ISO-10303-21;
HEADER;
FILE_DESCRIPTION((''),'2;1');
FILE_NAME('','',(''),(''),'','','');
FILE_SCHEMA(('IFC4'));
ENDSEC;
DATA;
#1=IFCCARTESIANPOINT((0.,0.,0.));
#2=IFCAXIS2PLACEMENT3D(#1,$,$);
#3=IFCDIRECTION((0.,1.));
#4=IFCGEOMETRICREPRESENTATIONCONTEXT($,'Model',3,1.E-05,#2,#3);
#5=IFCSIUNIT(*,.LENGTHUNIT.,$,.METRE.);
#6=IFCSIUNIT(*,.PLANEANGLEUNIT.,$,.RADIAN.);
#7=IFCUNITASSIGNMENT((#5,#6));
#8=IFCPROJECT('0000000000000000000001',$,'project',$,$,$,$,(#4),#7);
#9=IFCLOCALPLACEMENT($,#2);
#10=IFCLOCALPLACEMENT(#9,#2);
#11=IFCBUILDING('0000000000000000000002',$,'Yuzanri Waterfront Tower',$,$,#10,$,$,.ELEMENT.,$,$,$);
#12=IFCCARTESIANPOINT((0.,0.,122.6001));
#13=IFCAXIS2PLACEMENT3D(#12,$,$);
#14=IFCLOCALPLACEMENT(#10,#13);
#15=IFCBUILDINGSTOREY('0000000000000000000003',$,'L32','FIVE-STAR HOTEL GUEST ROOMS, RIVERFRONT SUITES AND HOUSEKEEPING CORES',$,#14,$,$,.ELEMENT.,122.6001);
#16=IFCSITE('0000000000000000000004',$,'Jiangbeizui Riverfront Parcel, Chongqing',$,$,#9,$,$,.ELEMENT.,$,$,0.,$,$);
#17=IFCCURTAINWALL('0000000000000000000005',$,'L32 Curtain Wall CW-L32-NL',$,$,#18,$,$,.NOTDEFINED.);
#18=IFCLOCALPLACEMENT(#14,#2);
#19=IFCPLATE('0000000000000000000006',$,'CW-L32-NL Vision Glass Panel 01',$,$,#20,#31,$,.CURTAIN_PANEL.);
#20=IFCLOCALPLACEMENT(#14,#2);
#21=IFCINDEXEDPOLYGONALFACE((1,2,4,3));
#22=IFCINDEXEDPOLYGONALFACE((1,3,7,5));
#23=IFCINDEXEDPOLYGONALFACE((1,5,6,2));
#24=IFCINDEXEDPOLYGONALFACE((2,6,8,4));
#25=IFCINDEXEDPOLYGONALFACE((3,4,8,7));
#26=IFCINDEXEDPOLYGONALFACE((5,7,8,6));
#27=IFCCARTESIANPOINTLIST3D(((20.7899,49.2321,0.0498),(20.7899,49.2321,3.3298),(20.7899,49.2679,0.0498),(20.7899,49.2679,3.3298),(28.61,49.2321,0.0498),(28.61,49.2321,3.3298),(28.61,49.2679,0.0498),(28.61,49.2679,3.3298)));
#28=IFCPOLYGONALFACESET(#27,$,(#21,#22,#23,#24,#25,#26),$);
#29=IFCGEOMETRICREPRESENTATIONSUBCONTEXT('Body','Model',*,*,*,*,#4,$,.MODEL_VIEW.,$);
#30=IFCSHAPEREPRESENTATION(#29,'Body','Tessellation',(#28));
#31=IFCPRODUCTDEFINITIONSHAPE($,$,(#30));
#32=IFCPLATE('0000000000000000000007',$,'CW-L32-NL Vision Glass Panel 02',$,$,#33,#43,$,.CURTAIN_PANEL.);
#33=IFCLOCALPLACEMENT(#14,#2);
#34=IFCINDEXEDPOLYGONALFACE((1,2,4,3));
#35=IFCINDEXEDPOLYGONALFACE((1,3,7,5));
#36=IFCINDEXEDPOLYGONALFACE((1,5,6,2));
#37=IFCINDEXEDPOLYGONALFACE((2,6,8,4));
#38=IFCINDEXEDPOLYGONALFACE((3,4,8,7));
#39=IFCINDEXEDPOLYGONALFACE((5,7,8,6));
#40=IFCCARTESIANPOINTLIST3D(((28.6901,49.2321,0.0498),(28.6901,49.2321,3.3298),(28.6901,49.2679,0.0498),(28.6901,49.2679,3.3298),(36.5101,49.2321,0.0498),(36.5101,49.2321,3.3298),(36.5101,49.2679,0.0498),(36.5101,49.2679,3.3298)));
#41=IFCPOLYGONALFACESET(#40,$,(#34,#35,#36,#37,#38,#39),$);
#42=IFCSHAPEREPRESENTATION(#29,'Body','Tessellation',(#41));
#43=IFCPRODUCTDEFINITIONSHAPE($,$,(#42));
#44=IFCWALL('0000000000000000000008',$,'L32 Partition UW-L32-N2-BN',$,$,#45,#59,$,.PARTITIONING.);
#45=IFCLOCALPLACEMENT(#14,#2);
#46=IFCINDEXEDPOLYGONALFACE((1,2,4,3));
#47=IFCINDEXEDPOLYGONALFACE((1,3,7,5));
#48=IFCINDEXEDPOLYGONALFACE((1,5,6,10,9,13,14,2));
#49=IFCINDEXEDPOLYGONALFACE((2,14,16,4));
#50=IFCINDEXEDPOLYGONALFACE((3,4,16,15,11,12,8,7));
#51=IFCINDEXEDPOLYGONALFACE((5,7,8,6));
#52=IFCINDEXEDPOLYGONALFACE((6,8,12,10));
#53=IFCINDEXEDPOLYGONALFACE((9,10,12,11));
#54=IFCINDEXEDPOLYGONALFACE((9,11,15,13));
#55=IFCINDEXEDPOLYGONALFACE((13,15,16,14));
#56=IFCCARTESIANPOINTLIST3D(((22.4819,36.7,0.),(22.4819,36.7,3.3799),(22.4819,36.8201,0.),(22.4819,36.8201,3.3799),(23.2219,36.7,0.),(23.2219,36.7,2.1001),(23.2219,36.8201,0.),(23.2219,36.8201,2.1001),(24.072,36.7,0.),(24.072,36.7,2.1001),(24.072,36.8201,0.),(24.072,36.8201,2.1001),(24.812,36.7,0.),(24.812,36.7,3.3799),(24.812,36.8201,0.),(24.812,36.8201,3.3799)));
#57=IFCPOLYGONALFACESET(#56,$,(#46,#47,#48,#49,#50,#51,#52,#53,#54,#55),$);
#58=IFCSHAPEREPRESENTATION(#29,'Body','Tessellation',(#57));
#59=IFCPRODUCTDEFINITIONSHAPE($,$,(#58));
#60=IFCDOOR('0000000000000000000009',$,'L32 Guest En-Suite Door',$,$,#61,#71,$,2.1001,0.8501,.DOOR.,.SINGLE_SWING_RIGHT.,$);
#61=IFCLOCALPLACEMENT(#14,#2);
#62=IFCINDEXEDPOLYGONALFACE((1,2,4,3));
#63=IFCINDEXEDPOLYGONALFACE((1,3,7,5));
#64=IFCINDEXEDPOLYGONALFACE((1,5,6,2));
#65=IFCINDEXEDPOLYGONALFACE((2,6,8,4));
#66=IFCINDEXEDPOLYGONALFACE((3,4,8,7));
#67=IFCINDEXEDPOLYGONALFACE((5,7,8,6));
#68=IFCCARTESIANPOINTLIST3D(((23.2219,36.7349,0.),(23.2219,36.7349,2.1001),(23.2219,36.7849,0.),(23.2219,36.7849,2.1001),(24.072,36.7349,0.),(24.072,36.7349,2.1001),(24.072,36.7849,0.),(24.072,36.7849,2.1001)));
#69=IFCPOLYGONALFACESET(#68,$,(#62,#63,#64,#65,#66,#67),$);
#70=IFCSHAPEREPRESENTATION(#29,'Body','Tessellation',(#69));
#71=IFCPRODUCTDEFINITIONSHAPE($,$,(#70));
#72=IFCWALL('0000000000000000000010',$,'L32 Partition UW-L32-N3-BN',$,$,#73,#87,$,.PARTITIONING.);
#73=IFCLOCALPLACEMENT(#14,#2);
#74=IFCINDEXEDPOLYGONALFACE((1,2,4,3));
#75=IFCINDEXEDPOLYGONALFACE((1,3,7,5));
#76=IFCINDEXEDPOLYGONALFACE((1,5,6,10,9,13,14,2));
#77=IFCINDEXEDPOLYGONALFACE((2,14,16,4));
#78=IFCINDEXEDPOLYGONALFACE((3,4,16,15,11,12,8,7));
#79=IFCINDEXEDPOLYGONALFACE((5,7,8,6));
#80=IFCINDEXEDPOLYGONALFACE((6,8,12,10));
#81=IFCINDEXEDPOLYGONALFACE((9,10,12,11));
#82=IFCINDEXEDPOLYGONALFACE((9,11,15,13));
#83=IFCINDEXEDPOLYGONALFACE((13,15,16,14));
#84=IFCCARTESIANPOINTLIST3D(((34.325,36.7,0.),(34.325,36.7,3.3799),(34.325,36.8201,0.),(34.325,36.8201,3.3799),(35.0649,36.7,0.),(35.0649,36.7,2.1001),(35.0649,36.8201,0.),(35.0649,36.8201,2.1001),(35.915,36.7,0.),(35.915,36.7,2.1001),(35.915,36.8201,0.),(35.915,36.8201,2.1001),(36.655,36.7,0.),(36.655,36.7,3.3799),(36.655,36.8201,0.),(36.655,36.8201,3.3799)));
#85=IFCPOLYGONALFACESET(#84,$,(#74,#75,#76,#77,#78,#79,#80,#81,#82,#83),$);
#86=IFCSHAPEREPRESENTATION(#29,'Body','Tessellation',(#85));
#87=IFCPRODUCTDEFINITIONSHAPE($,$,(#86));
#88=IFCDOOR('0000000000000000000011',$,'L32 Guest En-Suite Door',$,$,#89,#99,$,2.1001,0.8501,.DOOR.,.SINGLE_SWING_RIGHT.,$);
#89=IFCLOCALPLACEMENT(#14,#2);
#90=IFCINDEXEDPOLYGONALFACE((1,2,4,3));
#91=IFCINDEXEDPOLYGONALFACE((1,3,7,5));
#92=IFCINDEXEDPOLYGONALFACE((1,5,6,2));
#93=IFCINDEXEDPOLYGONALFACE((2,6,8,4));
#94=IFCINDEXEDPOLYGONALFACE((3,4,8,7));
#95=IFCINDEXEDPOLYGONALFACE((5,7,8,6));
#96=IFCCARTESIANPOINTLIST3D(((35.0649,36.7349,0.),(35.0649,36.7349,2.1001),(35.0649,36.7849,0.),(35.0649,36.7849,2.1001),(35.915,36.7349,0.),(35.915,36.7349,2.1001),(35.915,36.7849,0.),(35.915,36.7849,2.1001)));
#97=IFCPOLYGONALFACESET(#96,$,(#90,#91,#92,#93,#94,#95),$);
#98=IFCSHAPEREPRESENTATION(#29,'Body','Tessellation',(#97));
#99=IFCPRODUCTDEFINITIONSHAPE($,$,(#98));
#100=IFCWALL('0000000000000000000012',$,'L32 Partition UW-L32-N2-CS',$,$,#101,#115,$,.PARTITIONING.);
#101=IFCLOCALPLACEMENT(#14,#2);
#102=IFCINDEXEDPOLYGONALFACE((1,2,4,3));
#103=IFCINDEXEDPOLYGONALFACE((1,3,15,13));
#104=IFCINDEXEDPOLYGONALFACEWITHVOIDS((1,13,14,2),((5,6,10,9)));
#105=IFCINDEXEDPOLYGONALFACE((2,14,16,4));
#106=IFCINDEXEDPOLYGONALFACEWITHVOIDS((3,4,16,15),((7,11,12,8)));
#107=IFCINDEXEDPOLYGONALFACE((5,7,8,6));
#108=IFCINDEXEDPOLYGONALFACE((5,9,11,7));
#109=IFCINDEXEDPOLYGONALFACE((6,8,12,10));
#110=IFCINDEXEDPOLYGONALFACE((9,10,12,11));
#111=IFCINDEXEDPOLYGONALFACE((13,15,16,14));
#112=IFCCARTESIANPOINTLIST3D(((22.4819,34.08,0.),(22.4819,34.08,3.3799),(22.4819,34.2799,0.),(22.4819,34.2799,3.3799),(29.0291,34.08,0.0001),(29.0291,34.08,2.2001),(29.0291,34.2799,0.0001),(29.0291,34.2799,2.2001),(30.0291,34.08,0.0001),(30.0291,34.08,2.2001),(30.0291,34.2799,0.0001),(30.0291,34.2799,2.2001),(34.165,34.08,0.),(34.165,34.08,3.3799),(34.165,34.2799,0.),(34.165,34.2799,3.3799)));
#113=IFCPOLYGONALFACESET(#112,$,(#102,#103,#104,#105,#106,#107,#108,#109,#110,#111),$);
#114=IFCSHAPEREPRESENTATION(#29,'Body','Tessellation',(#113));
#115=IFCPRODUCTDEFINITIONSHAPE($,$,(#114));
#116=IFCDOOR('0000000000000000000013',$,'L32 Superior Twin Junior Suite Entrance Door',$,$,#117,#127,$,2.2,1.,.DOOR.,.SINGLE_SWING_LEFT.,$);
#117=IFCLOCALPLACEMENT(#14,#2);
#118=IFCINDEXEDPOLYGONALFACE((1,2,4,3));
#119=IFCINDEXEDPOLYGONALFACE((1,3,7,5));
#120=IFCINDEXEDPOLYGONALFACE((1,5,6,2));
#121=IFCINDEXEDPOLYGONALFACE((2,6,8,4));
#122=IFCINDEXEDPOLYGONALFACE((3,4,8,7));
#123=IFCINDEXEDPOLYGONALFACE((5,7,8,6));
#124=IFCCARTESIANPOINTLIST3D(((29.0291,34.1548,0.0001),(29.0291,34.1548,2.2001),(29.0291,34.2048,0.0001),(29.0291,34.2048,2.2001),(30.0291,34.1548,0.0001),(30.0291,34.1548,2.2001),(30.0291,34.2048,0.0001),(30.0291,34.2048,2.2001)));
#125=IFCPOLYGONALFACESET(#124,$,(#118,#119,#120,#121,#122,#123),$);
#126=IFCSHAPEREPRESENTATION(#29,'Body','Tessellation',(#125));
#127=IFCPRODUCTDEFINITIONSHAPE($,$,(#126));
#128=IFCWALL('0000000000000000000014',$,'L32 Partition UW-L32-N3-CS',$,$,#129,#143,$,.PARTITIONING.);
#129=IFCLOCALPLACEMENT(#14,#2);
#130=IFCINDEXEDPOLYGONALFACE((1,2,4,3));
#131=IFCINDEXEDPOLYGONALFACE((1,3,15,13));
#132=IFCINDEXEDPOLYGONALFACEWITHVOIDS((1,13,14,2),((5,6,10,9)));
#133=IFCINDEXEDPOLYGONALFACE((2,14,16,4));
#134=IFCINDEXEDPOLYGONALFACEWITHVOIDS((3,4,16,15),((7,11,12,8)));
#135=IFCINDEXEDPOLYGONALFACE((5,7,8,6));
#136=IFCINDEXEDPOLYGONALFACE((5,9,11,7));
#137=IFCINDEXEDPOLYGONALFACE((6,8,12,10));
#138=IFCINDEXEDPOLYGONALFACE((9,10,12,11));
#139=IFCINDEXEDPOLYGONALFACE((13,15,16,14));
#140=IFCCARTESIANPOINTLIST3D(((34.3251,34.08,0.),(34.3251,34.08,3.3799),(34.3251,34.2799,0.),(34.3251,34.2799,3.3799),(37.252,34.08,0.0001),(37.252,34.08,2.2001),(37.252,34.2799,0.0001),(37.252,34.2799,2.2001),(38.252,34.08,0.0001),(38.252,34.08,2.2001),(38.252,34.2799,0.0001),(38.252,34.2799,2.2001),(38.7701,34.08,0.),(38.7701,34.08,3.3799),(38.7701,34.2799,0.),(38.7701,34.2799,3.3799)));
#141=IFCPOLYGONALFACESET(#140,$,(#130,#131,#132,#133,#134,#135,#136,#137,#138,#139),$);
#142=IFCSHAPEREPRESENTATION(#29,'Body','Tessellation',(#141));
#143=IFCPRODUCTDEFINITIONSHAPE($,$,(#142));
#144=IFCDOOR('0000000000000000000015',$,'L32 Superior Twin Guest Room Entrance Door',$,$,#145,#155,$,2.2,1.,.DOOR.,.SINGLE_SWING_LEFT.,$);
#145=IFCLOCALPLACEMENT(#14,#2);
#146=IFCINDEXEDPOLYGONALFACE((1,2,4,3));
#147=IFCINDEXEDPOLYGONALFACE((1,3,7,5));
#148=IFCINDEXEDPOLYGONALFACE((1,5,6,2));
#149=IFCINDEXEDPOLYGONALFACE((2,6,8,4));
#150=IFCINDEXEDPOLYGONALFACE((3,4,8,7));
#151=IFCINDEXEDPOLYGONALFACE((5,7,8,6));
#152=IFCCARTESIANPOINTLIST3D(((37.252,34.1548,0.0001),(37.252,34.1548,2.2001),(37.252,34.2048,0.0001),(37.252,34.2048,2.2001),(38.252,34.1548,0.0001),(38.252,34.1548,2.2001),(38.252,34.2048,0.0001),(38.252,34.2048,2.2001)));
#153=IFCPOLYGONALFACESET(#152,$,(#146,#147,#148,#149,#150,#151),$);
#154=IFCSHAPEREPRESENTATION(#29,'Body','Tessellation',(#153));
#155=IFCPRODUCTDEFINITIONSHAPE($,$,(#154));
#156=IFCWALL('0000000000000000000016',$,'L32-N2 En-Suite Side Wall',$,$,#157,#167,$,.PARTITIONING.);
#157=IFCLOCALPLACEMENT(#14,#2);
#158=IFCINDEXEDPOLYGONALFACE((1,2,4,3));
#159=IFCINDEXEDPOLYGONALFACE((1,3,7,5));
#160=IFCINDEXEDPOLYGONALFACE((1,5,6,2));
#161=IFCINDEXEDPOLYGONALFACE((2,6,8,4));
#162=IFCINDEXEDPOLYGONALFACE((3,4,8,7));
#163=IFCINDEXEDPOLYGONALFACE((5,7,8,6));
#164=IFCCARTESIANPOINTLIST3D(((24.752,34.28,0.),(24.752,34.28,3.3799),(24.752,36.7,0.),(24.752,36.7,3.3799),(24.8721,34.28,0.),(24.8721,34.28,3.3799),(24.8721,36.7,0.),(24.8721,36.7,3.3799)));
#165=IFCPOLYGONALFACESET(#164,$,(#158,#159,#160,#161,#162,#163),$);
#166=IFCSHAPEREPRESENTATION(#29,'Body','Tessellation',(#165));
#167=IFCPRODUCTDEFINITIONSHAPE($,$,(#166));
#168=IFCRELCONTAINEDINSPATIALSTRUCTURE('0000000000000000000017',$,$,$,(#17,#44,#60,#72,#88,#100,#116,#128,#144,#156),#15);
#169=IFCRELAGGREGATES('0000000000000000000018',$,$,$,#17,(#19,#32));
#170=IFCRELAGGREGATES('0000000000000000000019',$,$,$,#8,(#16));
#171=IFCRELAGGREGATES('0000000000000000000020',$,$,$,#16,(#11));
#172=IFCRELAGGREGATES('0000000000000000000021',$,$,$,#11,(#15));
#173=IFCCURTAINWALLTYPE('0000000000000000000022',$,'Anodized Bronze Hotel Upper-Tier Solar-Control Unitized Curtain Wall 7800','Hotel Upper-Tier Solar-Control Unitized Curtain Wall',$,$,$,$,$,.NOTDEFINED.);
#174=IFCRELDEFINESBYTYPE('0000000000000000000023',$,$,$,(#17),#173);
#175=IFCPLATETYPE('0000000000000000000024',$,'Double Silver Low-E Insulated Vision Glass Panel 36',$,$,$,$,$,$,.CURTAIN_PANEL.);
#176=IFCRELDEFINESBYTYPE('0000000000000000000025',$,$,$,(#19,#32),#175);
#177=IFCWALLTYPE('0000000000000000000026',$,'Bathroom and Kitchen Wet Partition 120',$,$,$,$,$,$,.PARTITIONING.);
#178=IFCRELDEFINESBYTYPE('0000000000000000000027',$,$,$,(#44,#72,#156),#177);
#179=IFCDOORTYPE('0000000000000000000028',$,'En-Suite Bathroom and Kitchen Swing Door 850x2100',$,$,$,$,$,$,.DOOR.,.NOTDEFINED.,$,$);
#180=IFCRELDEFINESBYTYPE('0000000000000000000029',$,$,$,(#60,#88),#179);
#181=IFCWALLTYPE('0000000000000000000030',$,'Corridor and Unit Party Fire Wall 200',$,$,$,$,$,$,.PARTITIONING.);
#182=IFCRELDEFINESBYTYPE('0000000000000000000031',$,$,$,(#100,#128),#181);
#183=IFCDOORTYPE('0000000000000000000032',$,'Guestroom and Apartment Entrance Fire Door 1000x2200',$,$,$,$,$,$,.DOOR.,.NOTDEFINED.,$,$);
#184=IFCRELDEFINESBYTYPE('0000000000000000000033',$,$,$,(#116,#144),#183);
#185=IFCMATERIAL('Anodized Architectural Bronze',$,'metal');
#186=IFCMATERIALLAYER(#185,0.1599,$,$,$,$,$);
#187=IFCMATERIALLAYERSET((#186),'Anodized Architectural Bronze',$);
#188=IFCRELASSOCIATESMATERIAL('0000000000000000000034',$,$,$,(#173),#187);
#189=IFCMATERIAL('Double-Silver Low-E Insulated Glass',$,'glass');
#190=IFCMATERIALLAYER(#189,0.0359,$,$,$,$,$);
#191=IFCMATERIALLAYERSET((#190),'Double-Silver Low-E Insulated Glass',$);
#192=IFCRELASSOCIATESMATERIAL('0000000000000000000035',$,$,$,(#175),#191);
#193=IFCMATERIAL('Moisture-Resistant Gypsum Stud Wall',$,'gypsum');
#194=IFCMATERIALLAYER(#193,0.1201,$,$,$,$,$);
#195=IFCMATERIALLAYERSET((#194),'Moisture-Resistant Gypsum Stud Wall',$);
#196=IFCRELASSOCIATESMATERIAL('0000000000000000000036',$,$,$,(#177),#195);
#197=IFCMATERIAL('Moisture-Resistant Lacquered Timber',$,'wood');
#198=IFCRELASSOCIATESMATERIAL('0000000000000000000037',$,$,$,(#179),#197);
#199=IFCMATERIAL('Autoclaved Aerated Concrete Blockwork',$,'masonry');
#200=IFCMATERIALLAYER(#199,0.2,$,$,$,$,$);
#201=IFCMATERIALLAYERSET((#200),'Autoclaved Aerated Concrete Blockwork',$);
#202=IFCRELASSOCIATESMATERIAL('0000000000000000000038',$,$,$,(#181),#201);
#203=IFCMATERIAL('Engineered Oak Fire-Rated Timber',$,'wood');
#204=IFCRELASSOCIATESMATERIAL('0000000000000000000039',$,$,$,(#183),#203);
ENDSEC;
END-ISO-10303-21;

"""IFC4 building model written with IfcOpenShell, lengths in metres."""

from ifc_helpers import new_model, si_unit, direction, frame, frame_2d, origin, origin_2d, place, context, subcontext, project, spatial, rectangle, extrude, source, transform, mapped, material, layer, layer_set, type_object, element, fill, aggregate, save


model = new_model("IFC4")

# Units and contexts
model_context = context("Model", 3, precision=1e-05, world=origin(), true_north=direction((0.0, 1.0)))
body_context = subcontext(model_context, "Body", "Model", "MODEL_VIEW")
ifc_project = project(units=[si_unit("LENGTHUNIT", "METRE"), si_unit("PLANEANGLEUNIT", "RADIAN")], contexts=[model_context])

# Site, building, storey
site_placement = place(None, origin())
site = spatial("IfcSite", under=ifc_project, at=site_placement, Name="Jiangbeizui Riverfront Parcel, Chongqing", CompositionType="ELEMENT", RefElevation=0.0)
building_placement = place(site_placement, origin())
building = spatial("IfcBuilding", under=site, at=building_placement, Name="Yuzanri Waterfront Tower", CompositionType="ELEMENT")
storey_placement = place(building_placement, frame((0.0, 0.0, 122.6001)))
storey = spatial("IfcBuildingStorey", under=building, at=storey_placement, Name="L32", Description="FIVE-STAR HOTEL GUEST ROOMS, RIVERFRONT SUITES AND HOUSEKEEPING CORES", CompositionType="ELEMENT", Elevation=122.6001)

# Curtain wall, plates
ifc_material_1 = material(Name="Anodized Architectural Bronze", Category="metal")
ifc_layer_1 = layer(ifc_material_1, 0.1599)
ifc_layer_set_1 = layer_set([ifc_layer_1], Name="Anodized Architectural Bronze")
curtain_wall_type = type_object("IfcCurtainWallType", Name="Anodized Bronze Hotel Upper-Tier Solar-Control Unitized Curtain Wall 7800", Description="Hotel Upper-Tier Solar-Control Unitized Curtain Wall", PredefinedType="NOTDEFINED", material=ifc_layer_set_1)
curtain_wall_placement = place(storey_placement, origin())
curtain_wall = element("IfcCurtainWall", 1, at=curtain_wall_placement, inside=storey, type_object=curtain_wall_type, Name="L32 Curtain Wall CW-L32-NL", PredefinedType="NOTDEFINED")
ifc_material_2 = material(Name="Double-Silver Low-E Insulated Glass", Category="glass")
ifc_layer_2 = layer(ifc_material_2, 0.0359)
ifc_layer_set_2 = layer_set([ifc_layer_2], Name="Double-Silver Low-E Insulated Glass")
plate_type = type_object("IfcPlateType", Name="Double Silver Low-E Insulated Vision Glass Panel 36", PredefinedType="CURTAIN_PANEL", material=ifc_layer_set_2)
shared_shape_1 = source(origin(), body_context, "Body", "SweptSolid", [
    extrude(rectangle(XDim=7.8201, YDim=0.0359, at=origin_2d()), origin(), (0.0, 0.0, 1.0), 3.28),
])
plate_1_placement = place(storey_placement, frame((24.7, 49.25, 0.0498), z_axis=(0.0, 0.0, 1.0), x_axis=(1.0, 0.0, 0.0)))
plate_1 = element("IfcPlate", 2, at=plate_1_placement, type_object=plate_type, Name="CW-L32-NL Vision Glass Panel 01", PredefinedType="CURTAIN_PANEL", context=body_context, shape_type="MappedRepresentation", body=[
    mapped(shared_shape_1, transform((0.0, 0.0, 0.0), scale=1.0)),
])
plate_2_placement = place(storey_placement, frame((32.6001, 49.25, 0.0498), z_axis=(0.0, 0.0, 1.0), x_axis=(1.0, 0.0, 0.0)))
plate_2 = element("IfcPlate", 3, at=plate_2_placement, type_object=plate_type, Name="CW-L32-NL Vision Glass Panel 02", PredefinedType="CURTAIN_PANEL", context=body_context, shape_type="MappedRepresentation", body=[
    mapped(shared_shape_1, transform((0.0, 0.0, 0.0), scale=1.0)),
])
aggregate(curtain_wall, [plate_1, plate_2])

# Walls, openings, doors
ifc_material_3 = material(Name="Moisture-Resistant Gypsum Stud Wall", Category="gypsum")
ifc_layer_3 = layer(ifc_material_3, 0.1201)
ifc_layer_set_3 = layer_set([ifc_layer_3], Name="Moisture-Resistant Gypsum Stud Wall")
wall_type_1 = type_object("IfcWallType", Name="Bathroom and Kitchen Wet Partition 120", PredefinedType="PARTITIONING", material=ifc_layer_set_3)
wall_1_placement = place(storey_placement, frame((22.4819, 36.76, 0.0), z_axis=(0.0, 0.0, 1.0), x_axis=(1.0, 0.0, 0.0)))
wall_1 = element("IfcWall", 4, at=wall_1_placement, inside=storey, type_object=wall_type_1, Name="L32 Partition UW-L32-N2-BN", PredefinedType="PARTITIONING", context=body_context, shape_type="SweptSolid", body=[
    extrude(rectangle(XDim=2.3301, YDim=0.1201, at=frame_2d((1.165, 0.0))), origin(), (0.0, 0.0, 1.0), 3.3799),
])
opening_1_placement = place(wall_1_placement, frame((0.74, 0.0, 0.0)))
opening_1 = element("IfcOpeningElement", 5, at=opening_1_placement, cuts=wall_1, PredefinedType="OPENING", context=body_context, shape_type="SweptSolid", body=[
    extrude(rectangle(XDim=0.8501, YDim=2.1001, at=frame_2d((0.425, 1.05))), frame((0.0, 0.075, 0.0), z_axis=(0.0, -1.0, 0.0), x_axis=(1.0, 0.0, 0.0)), (0.0, 0.0, 1.0), 0.1499),
])
ifc_material_4 = material(Name="Moisture-Resistant Lacquered Timber", Category="wood")
door_type_1 = type_object("IfcDoorType", Name="En-Suite Bathroom and Kitchen Swing Door 850x2100", OperationType="NOTDEFINED", PredefinedType="DOOR", material=ifc_material_4)
shared_shape_2 = source(origin(), body_context, "Body", "SweptSolid", [
    extrude(rectangle(XDim=0.8501, YDim=2.1001, at=frame_2d((0.425, 1.05))), frame((0.0, 0.0249, 0.0), z_axis=(0.0, -1.0, 0.0), x_axis=(1.0, 0.0, 0.0)), (0.0, 0.0, 1.0), 0.05),
])
door_1_placement = place(opening_1_placement, origin())
door_1 = element("IfcDoor", 6, at=door_1_placement, inside=storey, type_object=door_type_1, Name="L32 Guest En-Suite Door", OperationType="SINGLE_SWING_RIGHT", OverallHeight=2.1001, OverallWidth=0.8501, PredefinedType="DOOR", context=body_context, shape_type="MappedRepresentation", body=[
    mapped(shared_shape_2, transform((0.0, 0.0, 0.0), scale=1.0)),
])
fill(opening_1, door_1)
wall_2_placement = place(storey_placement, frame((34.325, 36.76, 0.0), z_axis=(0.0, 0.0, 1.0), x_axis=(1.0, 0.0, 0.0)))
wall_2 = element("IfcWall", 7, at=wall_2_placement, inside=storey, type_object=wall_type_1, Name="L32 Partition UW-L32-N3-BN", PredefinedType="PARTITIONING", context=body_context, shape_type="SweptSolid", body=[
    extrude(rectangle(XDim=2.3301, YDim=0.1201, at=frame_2d((1.165, 0.0))), origin(), (0.0, 0.0, 1.0), 3.3799),
])
opening_2_placement = place(wall_2_placement, frame((0.74, 0.0, 0.0)))
opening_2 = element("IfcOpeningElement", 8, at=opening_2_placement, cuts=wall_2, PredefinedType="OPENING", context=body_context, shape_type="SweptSolid", body=[
    extrude(rectangle(XDim=0.8501, YDim=2.1001, at=frame_2d((0.425, 1.05))), frame((0.0, 0.075, 0.0), z_axis=(0.0, -1.0, 0.0), x_axis=(1.0, 0.0, 0.0)), (0.0, 0.0, 1.0), 0.1499),
])
door_2_placement = place(opening_2_placement, origin())
door_2 = element("IfcDoor", 9, at=door_2_placement, inside=storey, type_object=door_type_1, Name="L32 Guest En-Suite Door", OperationType="SINGLE_SWING_RIGHT", OverallHeight=2.1001, OverallWidth=0.8501, PredefinedType="DOOR", context=body_context, shape_type="MappedRepresentation", body=[
    mapped(shared_shape_2, transform((0.0, 0.0, 0.0), scale=1.0)),
])
fill(opening_2, door_2)
ifc_material_5 = material(Name="Autoclaved Aerated Concrete Blockwork", Category="masonry")
ifc_layer_4 = layer(ifc_material_5, 0.2)
ifc_layer_set_4 = layer_set([ifc_layer_4], Name="Autoclaved Aerated Concrete Blockwork")
wall_type_2 = type_object("IfcWallType", Name="Corridor and Unit Party Fire Wall 200", PredefinedType="PARTITIONING", material=ifc_layer_set_4)
wall_3_placement = place(storey_placement, frame((22.4819, 34.1799, 0.0), z_axis=(0.0, 0.0, 1.0), x_axis=(1.0, 0.0, 0.0)))
wall_3 = element("IfcWall", 10, at=wall_3_placement, inside=storey, type_object=wall_type_2, Name="L32 Partition UW-L32-N2-CS", PredefinedType="PARTITIONING", context=body_context, shape_type="SweptSolid", body=[
    extrude(rectangle(XDim=11.6831, YDim=0.2, at=frame_2d((5.8416, 0.0))), origin(), (0.0, 0.0, 1.0), 3.3799),
])
opening_3_placement = place(wall_3_placement, frame((6.5471, 0.0, 0.0)))
opening_3 = element("IfcOpeningElement", 11, at=opening_3_placement, cuts=wall_3, PredefinedType="OPENING", context=body_context, shape_type="SweptSolid", body=[
    extrude(rectangle(XDim=1.0, YDim=2.2, at=frame_2d((0.5, 1.1001))), frame((0.0, 0.1147, 0.0), z_axis=(0.0, -1.0, 0.0), x_axis=(1.0, 0.0, 0.0)), (0.0, 0.0, 1.0), 0.2297),
])
ifc_material_6 = material(Name="Engineered Oak Fire-Rated Timber", Category="wood")
door_type_2 = type_object("IfcDoorType", Name="Guestroom and Apartment Entrance Fire Door 1000x2200", OperationType="NOTDEFINED", PredefinedType="DOOR", material=ifc_material_6)
shared_shape_3 = source(origin(), body_context, "Body", "SweptSolid", [
    extrude(rectangle(XDim=1.0, YDim=2.2, at=frame_2d((0.5, 1.1001))), frame((0.0, 0.0249, 0.0), z_axis=(0.0, -1.0, 0.0), x_axis=(1.0, 0.0, 0.0)), (0.0, 0.0, 1.0), 0.05),
])
door_3_placement = place(opening_3_placement, origin())
door_3 = element("IfcDoor", 12, at=door_3_placement, inside=storey, type_object=door_type_2, Name="L32 Superior Twin Junior Suite Entrance Door", OperationType="SINGLE_SWING_LEFT", OverallHeight=2.2, OverallWidth=1.0, PredefinedType="DOOR", context=body_context, shape_type="MappedRepresentation", body=[
    mapped(shared_shape_3, transform((0.0, 0.0, 0.0), scale=1.0)),
])
fill(opening_3, door_3)
wall_4_placement = place(storey_placement, frame((34.325, 34.1799, 0.0), z_axis=(0.0, 0.0, 1.0), x_axis=(1.0, 0.0, 0.0)))
wall_4 = element("IfcWall", 13, at=wall_4_placement, inside=storey, type_object=wall_type_2, Name="L32 Partition UW-L32-N3-CS", PredefinedType="PARTITIONING", context=body_context, shape_type="SweptSolid", body=[
    extrude(rectangle(XDim=4.4451, YDim=0.2, at=frame_2d((2.2227, 0.0))), origin(), (0.0, 0.0, 1.0), 3.3799),
])
opening_4_placement = place(wall_4_placement, frame((2.927, 0.0, 0.0)))
opening_4 = element("IfcOpeningElement", 14, at=opening_4_placement, cuts=wall_4, PredefinedType="OPENING", context=body_context, shape_type="SweptSolid", body=[
    extrude(rectangle(XDim=1.0, YDim=2.2, at=frame_2d((0.5, 1.1001))), frame((0.0, 0.1147, 0.0), z_axis=(0.0, -1.0, 0.0), x_axis=(1.0, 0.0, 0.0)), (0.0, 0.0, 1.0), 0.2297),
])
door_4_placement = place(opening_4_placement, origin())
door_4 = element("IfcDoor", 15, at=door_4_placement, inside=storey, type_object=door_type_2, Name="L32 Superior Twin Guest Room Entrance Door", OperationType="SINGLE_SWING_LEFT", OverallHeight=2.2, OverallWidth=1.0, PredefinedType="DOOR", context=body_context, shape_type="MappedRepresentation", body=[
    mapped(shared_shape_3, transform((0.0, 0.0, 0.0), scale=1.0)),
])
fill(opening_4, door_4)

# Wall
shared_shape_4 = source(origin(), body_context, "Body", "SweptSolid", [
    extrude(rectangle(XDim=2.4199, YDim=0.1201, at=frame_2d((1.21, 0.0))), origin(), (0.0, 0.0, 1.0), 3.3799),
])
for number, where, z_axis, x_axis, name in (
    (16, (24.812, 34.28, 0.0), (0.0, 0.0, 1.0), (0.0, 1.0, 0.0), "L32-N2 En-Suite Side Wall"),
):
    element("IfcWall", number, at=place(storey_placement, frame(where, z_axis=z_axis, x_axis=x_axis)), inside=storey, type_object=wall_type_1, Name=name, PredefinedType="PARTITIONING", context=body_context, shape_type="MappedRepresentation", body=[
        mapped(shared_shape_4, transform((0.0, 0.0, 0.0), scale=1.0)),
    ])

save(model, "model.ifc")
